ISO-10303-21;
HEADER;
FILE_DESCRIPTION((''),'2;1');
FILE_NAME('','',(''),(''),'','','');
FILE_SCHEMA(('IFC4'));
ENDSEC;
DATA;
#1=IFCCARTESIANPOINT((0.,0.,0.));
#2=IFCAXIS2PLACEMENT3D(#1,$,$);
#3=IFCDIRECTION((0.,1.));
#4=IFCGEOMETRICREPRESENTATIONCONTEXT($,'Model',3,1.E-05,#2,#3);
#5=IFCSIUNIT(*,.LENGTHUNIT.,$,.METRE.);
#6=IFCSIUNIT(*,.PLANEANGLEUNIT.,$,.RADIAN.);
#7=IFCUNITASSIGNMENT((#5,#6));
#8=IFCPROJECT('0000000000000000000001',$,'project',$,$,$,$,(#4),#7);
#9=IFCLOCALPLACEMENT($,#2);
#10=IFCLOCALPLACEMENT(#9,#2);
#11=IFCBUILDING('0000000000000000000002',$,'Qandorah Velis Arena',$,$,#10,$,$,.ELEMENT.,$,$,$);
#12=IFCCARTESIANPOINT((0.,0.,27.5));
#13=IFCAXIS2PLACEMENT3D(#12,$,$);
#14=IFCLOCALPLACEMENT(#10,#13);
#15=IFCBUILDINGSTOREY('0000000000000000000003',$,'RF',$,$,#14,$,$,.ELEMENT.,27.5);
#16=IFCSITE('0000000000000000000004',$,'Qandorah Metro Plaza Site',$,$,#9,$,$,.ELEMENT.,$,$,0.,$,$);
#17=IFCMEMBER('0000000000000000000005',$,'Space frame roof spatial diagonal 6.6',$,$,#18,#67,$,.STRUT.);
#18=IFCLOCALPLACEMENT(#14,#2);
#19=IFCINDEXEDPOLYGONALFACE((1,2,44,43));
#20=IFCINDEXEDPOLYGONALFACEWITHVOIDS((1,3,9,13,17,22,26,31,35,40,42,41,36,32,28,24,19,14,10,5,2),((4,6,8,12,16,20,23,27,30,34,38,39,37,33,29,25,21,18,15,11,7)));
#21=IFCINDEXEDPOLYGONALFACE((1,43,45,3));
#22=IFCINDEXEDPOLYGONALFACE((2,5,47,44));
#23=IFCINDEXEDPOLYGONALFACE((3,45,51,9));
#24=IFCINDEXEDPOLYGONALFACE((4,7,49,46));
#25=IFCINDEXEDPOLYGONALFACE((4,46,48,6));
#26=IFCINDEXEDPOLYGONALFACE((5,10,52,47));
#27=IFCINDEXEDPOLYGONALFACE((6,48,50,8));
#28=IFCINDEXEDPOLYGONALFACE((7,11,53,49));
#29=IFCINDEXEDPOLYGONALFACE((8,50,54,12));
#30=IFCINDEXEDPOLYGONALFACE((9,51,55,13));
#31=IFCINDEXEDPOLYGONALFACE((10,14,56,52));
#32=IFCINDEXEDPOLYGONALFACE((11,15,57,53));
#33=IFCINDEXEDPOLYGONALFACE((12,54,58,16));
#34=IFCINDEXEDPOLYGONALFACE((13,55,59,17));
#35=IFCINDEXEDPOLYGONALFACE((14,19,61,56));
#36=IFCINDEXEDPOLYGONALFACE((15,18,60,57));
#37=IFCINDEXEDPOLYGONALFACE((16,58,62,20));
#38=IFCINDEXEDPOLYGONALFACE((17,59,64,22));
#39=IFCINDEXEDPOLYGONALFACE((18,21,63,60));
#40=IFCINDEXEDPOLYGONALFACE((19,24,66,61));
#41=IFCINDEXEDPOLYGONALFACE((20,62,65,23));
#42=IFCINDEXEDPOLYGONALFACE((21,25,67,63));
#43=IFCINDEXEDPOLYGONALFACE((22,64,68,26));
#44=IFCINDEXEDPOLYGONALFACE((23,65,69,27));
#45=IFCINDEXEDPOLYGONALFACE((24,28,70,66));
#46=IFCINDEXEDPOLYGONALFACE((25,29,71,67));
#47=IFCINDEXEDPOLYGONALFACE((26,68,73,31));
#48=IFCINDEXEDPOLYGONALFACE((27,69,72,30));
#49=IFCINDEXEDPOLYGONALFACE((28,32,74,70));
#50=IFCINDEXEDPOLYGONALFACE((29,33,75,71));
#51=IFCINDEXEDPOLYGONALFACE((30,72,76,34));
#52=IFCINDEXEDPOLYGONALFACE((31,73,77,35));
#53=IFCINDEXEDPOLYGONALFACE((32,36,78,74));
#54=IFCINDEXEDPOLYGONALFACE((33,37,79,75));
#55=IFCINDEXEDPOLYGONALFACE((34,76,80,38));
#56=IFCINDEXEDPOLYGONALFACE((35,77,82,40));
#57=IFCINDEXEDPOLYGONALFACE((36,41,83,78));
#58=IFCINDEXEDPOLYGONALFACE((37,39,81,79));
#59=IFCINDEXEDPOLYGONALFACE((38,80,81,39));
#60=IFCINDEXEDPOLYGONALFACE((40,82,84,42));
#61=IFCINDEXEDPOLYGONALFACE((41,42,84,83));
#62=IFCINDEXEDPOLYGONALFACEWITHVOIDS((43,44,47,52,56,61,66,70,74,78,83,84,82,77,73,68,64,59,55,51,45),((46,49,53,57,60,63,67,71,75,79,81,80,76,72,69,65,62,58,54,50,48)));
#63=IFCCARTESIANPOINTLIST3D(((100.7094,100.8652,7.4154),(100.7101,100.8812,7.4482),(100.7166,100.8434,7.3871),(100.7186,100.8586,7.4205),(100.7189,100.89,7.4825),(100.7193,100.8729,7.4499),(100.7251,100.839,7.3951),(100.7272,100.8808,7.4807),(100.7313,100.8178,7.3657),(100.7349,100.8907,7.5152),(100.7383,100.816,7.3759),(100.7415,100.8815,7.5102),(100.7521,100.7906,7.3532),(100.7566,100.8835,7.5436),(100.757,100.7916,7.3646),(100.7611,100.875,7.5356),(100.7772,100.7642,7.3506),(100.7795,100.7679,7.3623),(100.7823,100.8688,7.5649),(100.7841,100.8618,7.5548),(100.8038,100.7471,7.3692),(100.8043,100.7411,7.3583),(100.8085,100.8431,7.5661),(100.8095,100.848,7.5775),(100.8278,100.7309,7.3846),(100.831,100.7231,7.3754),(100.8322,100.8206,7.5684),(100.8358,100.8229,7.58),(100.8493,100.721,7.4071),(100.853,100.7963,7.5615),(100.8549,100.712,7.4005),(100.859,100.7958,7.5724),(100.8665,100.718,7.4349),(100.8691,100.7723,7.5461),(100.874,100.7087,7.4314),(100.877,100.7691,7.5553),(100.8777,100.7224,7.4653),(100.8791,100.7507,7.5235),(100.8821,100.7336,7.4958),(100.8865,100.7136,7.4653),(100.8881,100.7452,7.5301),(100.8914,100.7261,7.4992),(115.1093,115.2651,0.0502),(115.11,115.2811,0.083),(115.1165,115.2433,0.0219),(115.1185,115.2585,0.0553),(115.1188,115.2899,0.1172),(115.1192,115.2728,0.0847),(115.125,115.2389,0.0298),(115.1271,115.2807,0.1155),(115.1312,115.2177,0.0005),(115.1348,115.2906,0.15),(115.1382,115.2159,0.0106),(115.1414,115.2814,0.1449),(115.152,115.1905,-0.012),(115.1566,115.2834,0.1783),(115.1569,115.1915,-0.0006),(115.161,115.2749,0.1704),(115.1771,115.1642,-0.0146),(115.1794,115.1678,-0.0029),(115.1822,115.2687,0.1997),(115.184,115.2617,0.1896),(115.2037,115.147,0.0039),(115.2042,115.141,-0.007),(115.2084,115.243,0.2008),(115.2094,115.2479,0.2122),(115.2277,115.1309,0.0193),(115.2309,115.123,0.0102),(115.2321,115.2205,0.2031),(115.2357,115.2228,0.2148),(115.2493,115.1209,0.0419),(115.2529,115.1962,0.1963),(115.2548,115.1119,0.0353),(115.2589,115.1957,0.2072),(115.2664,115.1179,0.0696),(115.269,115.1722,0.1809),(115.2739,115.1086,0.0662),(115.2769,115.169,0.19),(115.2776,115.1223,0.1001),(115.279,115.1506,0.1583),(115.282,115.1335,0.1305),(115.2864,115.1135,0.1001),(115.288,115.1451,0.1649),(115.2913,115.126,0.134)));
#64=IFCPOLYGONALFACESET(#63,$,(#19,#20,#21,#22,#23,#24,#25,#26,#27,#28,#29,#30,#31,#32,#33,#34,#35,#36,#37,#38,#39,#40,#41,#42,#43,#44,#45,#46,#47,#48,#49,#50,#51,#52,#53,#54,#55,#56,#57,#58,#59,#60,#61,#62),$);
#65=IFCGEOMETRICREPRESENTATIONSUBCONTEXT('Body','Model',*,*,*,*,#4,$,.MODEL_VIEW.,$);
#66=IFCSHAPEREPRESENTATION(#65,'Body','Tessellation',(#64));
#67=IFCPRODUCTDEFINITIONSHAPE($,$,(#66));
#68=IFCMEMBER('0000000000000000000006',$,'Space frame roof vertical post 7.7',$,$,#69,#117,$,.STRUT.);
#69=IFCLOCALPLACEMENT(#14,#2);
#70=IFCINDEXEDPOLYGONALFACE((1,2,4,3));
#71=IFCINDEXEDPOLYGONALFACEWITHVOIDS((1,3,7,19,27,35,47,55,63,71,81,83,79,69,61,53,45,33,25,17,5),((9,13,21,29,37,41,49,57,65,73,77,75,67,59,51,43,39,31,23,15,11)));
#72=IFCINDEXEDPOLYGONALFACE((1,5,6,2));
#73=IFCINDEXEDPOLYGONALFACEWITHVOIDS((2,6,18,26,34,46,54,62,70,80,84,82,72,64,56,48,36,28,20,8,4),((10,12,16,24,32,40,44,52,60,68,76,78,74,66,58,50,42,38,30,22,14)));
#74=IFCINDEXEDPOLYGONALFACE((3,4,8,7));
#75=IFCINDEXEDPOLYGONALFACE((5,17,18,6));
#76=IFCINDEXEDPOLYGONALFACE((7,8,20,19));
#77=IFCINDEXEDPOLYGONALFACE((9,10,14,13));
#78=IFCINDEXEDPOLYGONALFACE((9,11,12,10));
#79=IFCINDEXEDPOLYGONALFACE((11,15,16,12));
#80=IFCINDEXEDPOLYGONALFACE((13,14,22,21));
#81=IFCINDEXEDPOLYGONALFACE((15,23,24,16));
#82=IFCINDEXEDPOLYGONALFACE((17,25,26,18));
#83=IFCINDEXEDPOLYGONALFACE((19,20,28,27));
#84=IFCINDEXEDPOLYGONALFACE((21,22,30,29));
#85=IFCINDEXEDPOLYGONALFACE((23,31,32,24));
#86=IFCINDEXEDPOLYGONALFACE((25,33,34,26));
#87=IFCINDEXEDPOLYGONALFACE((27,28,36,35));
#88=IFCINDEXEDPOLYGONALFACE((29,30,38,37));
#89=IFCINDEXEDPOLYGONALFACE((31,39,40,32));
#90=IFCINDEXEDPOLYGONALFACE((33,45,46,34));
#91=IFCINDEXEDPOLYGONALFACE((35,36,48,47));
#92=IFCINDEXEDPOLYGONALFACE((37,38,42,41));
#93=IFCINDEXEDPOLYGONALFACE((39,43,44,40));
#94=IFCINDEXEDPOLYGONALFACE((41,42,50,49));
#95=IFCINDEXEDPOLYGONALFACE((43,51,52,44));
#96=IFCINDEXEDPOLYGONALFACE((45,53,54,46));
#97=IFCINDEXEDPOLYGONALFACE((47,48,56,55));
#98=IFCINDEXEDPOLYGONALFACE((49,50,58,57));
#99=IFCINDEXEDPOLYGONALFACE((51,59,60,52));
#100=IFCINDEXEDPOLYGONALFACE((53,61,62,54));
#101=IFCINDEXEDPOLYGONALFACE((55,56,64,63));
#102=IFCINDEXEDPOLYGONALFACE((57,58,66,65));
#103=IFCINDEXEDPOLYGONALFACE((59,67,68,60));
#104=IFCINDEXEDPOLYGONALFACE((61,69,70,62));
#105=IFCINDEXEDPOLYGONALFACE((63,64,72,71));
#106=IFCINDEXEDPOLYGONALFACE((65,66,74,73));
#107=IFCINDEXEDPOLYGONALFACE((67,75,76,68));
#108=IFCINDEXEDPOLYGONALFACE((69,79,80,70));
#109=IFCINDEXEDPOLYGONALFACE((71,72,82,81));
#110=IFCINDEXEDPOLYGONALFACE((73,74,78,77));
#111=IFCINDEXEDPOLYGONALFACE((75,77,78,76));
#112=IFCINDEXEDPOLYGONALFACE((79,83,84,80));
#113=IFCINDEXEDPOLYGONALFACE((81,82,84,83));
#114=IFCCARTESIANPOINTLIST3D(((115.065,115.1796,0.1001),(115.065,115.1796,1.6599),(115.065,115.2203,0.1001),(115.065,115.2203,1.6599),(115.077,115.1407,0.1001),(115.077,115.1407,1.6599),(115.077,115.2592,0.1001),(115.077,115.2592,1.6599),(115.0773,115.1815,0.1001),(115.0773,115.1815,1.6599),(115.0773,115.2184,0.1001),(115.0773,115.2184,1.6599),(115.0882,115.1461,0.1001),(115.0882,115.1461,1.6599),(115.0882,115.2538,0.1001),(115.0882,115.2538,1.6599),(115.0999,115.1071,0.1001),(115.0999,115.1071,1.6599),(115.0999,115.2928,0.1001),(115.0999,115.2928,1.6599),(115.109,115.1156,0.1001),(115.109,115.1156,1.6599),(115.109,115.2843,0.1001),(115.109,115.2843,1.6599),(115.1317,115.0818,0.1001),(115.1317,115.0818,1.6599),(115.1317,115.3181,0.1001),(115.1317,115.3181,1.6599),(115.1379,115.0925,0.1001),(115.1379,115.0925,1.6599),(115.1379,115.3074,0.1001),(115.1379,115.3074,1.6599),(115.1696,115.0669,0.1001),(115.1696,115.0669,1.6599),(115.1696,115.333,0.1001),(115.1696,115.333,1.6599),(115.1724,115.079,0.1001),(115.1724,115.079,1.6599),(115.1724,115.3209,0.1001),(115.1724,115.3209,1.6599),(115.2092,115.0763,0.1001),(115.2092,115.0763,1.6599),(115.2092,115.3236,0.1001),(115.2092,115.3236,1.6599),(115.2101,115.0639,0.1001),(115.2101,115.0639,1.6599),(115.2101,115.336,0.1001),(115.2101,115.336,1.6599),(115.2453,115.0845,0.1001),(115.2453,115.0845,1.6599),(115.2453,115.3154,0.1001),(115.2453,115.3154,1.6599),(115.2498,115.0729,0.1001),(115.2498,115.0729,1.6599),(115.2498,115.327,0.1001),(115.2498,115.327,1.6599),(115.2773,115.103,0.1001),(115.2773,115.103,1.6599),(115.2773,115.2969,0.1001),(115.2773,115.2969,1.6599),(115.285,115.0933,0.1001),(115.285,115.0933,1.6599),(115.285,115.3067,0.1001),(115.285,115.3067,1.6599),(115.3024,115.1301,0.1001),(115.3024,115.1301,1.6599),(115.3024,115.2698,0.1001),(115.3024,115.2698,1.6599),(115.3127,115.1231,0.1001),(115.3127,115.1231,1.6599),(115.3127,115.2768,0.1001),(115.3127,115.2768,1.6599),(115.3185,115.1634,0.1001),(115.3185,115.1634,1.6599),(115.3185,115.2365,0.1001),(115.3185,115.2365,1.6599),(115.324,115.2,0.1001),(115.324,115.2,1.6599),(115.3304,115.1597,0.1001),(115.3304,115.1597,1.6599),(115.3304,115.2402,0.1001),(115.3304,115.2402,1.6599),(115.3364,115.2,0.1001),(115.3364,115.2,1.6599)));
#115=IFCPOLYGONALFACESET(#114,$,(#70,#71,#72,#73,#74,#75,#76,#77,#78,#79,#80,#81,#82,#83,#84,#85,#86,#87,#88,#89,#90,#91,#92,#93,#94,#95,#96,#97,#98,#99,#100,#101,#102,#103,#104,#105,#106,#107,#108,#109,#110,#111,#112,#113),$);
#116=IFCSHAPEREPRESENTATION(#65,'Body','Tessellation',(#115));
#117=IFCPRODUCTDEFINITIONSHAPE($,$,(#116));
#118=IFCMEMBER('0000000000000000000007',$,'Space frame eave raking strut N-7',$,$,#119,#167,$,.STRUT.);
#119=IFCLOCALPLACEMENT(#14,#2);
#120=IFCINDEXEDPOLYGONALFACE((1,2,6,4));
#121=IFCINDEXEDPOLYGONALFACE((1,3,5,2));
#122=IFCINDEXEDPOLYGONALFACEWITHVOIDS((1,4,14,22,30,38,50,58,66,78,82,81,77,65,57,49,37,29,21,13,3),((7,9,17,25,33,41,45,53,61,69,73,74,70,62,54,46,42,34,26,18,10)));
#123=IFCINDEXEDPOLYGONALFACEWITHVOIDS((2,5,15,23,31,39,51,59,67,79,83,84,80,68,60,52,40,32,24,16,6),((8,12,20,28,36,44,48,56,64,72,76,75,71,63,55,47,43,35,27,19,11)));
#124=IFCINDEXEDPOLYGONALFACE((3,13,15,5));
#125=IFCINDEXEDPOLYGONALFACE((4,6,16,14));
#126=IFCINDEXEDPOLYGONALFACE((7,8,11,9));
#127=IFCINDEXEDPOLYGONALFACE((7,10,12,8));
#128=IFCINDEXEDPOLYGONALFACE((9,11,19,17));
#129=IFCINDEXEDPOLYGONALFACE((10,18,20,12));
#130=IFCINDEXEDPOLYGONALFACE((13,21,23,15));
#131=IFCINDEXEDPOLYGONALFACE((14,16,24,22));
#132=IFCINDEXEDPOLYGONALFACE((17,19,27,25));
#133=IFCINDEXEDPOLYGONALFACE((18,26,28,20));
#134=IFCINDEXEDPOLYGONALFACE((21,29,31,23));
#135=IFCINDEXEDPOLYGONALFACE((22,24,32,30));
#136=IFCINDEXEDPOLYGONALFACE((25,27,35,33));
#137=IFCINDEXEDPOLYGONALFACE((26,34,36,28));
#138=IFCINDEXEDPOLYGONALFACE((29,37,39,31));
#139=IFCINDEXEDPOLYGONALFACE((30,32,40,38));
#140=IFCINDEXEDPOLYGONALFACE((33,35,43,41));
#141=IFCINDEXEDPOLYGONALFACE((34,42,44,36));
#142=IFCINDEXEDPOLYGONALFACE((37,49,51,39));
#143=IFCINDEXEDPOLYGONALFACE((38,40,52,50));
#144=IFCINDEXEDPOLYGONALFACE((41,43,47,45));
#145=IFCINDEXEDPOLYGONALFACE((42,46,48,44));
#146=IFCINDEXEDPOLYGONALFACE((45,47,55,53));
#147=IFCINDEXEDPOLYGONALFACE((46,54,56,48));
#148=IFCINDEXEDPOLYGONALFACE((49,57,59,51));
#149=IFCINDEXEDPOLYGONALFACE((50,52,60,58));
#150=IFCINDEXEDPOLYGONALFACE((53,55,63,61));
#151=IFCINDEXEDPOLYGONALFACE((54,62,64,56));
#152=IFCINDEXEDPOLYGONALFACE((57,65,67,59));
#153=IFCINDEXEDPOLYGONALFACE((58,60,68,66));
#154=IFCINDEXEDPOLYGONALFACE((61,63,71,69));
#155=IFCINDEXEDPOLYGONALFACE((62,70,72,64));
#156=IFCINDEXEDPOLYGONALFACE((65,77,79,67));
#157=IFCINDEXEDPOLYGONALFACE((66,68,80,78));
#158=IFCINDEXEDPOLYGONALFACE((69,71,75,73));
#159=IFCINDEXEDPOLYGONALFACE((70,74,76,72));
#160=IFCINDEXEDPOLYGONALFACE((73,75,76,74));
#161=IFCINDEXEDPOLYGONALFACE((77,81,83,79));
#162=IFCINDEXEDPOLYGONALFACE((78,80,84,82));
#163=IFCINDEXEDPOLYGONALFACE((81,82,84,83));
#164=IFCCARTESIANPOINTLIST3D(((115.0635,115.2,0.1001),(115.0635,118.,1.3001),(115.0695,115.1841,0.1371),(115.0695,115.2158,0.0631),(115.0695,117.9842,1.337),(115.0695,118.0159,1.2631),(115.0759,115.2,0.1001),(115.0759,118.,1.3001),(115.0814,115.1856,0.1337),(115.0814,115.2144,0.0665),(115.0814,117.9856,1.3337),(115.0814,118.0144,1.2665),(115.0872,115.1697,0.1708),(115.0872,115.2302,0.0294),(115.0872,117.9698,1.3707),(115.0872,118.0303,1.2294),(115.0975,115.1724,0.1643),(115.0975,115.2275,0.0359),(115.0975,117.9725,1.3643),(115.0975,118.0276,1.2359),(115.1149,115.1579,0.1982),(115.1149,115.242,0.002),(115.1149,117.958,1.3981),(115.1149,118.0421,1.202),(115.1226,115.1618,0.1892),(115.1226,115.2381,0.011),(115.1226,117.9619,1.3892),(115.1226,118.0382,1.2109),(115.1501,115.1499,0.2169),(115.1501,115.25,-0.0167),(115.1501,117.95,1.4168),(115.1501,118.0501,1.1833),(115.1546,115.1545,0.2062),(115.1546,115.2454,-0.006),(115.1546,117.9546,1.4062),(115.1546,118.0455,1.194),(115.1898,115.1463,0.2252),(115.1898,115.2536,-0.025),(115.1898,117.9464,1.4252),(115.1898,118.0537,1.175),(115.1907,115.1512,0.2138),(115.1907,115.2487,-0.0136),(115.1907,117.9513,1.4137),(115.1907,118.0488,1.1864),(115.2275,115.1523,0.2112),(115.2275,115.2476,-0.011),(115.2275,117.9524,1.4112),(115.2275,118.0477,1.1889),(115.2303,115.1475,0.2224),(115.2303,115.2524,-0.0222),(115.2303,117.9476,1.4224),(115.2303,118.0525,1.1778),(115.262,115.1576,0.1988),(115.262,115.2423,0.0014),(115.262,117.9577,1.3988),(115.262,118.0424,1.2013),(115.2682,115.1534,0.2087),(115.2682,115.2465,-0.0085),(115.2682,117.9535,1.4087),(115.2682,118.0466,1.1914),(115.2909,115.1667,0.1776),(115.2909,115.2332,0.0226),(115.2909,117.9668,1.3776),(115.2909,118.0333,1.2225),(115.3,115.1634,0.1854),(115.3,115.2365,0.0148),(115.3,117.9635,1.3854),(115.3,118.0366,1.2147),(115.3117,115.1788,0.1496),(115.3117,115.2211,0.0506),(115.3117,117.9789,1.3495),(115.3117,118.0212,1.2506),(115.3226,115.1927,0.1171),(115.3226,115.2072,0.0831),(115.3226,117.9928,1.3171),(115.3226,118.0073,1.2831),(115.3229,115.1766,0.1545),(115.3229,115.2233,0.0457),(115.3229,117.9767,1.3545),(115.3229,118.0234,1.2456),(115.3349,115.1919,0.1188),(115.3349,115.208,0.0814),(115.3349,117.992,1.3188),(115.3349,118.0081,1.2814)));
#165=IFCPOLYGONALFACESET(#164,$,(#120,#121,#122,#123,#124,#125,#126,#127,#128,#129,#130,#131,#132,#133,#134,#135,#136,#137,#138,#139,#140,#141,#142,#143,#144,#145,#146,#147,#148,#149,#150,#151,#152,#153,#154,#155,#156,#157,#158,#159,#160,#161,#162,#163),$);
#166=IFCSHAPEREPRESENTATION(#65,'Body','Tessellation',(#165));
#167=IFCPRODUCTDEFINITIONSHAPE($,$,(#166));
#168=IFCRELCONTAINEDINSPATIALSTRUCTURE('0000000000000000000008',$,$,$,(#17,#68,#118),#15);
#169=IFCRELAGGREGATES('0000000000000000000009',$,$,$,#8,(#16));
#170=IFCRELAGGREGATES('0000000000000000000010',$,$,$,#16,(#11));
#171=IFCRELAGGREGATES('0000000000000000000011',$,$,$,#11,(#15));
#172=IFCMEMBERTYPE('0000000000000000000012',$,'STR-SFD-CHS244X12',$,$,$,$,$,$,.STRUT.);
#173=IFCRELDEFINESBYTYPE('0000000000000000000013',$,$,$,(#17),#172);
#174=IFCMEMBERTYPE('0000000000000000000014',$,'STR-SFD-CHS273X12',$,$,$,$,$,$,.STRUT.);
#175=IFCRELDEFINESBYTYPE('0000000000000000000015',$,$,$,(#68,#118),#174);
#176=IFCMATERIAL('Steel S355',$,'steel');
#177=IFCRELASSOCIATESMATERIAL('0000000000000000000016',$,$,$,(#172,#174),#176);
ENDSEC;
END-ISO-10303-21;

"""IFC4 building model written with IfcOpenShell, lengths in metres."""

from ifc_helpers import new_model, si_unit, direction, frame, origin, origin_2d, place, context, subcontext, project, spatial, hollow_circle, extrude, material, material_profile, profile_set, type_object, element, save


model = new_model("IFC4")

# Units and contexts
model_context = context("Model", 3, precision=1e-05, world=origin(), true_north=direction((0.0, 1.0)))
body_context = subcontext(model_context, "Body", "Model", "MODEL_VIEW")
ifc_project = project(units=[si_unit("LENGTHUNIT", "METRE"), si_unit("PLANEANGLEUNIT", "RADIAN")], contexts=[model_context])

# Site, building, storey
site_placement = place(None, origin())
site = spatial("IfcSite", under=ifc_project, at=site_placement, Name="Qandorah Metro Plaza Site", CompositionType="ELEMENT", RefElevation=0.0)
building_placement = place(site_placement, origin())
building = spatial("IfcBuilding", under=site, at=building_placement, Name="Qandorah Velis Arena", CompositionType="ELEMENT")
storey_placement = place(building_placement, frame((0.0, 0.0, 27.5)))
storey = spatial("IfcBuildingStorey", under=building, at=storey_placement, Name="RF", CompositionType="ELEMENT", Elevation=27.5)

# Shared definitions
ifc_material_1 = material(Name="Steel S355", Category="steel")

# Members
ifc_material_profile_1 = material_profile(ifc_material_1, hollow_circle(Radius=0.1223, WallThickness=0.0125, at=origin_2d()), Name="CHS 244.5x12.5")
ifc_profile_set_1 = profile_set([ifc_material_profile_1], Name="Steel S355")
member_type_1 = type_object("IfcMemberType", Name="STR-SFD-CHS244X12", PredefinedType="STRUT", material=ifc_profile_set_1)
member_1_placement = place(storey_placement, frame((115.2, 115.2, 0.1001), z_axis=(-0.664953, -0.664953, 0.340109), x_axis=(0.707107, -0.707107, 0.0)))
element("IfcMember", 1, at=member_1_placement, inside=storey, type_object=member_type_1, Name="Space frame roof spatial diagonal 6.6", PredefinedType="STRUT", context=body_context, shape_type="SweptSolid", body=[
    extrude(hollow_circle(Radius=0.1223, WallThickness=0.0125, at=origin_2d()), origin(), (0.0, 0.0, 1.0), 21.6555),
])
ifc_material_profile_2 = material_profile(ifc_material_1, hollow_circle(Radius=0.1365, WallThickness=0.0125, at=origin_2d()), Name="CHS 273x12.5")
ifc_profile_set_2 = profile_set([ifc_material_profile_2], Name="Steel S355")
member_type_2 = type_object("IfcMemberType", Name="STR-SFD-CHS273X12", PredefinedType="STRUT", material=ifc_profile_set_2)
member_2_placement = place(storey_placement, frame((115.2, 115.2, 0.1001), z_axis=(0.0, 0.0, 1.0), x_axis=(1.0, 0.0, 0.0)))
element("IfcMember", 2, at=member_2_placement, inside=storey, type_object=member_type_2, Name="Space frame roof vertical post 7.7", PredefinedType="STRUT", context=body_context, shape_type="SweptSolid", body=[
    extrude(hollow_circle(Radius=0.1365, WallThickness=0.0125, at=origin_2d()), origin(), (0.0, 0.0, 1.0), 1.5598),
])
for number, where, z_axis, x_axis, name in (
    (3, (115.2, 115.2, 0.1001), (0.0, 0.919153, 0.3939), (-1.0, 0.0, 0.0), "Space frame eave raking strut N-7"),
):
    element("IfcMember", number, at=place(storey_placement, frame(where, z_axis=z_axis, x_axis=x_axis)), inside=storey, type_object=member_type_2, Name=name, PredefinedType="STRUT", context=body_context, shape_type="SweptSolid", body=[
        extrude(hollow_circle(Radius=0.1365, WallThickness=0.0125, at=origin_2d()), origin(), (0.0, 0.0, 1.0), 3.0464),
    ])

save(model, "model.ifc")
